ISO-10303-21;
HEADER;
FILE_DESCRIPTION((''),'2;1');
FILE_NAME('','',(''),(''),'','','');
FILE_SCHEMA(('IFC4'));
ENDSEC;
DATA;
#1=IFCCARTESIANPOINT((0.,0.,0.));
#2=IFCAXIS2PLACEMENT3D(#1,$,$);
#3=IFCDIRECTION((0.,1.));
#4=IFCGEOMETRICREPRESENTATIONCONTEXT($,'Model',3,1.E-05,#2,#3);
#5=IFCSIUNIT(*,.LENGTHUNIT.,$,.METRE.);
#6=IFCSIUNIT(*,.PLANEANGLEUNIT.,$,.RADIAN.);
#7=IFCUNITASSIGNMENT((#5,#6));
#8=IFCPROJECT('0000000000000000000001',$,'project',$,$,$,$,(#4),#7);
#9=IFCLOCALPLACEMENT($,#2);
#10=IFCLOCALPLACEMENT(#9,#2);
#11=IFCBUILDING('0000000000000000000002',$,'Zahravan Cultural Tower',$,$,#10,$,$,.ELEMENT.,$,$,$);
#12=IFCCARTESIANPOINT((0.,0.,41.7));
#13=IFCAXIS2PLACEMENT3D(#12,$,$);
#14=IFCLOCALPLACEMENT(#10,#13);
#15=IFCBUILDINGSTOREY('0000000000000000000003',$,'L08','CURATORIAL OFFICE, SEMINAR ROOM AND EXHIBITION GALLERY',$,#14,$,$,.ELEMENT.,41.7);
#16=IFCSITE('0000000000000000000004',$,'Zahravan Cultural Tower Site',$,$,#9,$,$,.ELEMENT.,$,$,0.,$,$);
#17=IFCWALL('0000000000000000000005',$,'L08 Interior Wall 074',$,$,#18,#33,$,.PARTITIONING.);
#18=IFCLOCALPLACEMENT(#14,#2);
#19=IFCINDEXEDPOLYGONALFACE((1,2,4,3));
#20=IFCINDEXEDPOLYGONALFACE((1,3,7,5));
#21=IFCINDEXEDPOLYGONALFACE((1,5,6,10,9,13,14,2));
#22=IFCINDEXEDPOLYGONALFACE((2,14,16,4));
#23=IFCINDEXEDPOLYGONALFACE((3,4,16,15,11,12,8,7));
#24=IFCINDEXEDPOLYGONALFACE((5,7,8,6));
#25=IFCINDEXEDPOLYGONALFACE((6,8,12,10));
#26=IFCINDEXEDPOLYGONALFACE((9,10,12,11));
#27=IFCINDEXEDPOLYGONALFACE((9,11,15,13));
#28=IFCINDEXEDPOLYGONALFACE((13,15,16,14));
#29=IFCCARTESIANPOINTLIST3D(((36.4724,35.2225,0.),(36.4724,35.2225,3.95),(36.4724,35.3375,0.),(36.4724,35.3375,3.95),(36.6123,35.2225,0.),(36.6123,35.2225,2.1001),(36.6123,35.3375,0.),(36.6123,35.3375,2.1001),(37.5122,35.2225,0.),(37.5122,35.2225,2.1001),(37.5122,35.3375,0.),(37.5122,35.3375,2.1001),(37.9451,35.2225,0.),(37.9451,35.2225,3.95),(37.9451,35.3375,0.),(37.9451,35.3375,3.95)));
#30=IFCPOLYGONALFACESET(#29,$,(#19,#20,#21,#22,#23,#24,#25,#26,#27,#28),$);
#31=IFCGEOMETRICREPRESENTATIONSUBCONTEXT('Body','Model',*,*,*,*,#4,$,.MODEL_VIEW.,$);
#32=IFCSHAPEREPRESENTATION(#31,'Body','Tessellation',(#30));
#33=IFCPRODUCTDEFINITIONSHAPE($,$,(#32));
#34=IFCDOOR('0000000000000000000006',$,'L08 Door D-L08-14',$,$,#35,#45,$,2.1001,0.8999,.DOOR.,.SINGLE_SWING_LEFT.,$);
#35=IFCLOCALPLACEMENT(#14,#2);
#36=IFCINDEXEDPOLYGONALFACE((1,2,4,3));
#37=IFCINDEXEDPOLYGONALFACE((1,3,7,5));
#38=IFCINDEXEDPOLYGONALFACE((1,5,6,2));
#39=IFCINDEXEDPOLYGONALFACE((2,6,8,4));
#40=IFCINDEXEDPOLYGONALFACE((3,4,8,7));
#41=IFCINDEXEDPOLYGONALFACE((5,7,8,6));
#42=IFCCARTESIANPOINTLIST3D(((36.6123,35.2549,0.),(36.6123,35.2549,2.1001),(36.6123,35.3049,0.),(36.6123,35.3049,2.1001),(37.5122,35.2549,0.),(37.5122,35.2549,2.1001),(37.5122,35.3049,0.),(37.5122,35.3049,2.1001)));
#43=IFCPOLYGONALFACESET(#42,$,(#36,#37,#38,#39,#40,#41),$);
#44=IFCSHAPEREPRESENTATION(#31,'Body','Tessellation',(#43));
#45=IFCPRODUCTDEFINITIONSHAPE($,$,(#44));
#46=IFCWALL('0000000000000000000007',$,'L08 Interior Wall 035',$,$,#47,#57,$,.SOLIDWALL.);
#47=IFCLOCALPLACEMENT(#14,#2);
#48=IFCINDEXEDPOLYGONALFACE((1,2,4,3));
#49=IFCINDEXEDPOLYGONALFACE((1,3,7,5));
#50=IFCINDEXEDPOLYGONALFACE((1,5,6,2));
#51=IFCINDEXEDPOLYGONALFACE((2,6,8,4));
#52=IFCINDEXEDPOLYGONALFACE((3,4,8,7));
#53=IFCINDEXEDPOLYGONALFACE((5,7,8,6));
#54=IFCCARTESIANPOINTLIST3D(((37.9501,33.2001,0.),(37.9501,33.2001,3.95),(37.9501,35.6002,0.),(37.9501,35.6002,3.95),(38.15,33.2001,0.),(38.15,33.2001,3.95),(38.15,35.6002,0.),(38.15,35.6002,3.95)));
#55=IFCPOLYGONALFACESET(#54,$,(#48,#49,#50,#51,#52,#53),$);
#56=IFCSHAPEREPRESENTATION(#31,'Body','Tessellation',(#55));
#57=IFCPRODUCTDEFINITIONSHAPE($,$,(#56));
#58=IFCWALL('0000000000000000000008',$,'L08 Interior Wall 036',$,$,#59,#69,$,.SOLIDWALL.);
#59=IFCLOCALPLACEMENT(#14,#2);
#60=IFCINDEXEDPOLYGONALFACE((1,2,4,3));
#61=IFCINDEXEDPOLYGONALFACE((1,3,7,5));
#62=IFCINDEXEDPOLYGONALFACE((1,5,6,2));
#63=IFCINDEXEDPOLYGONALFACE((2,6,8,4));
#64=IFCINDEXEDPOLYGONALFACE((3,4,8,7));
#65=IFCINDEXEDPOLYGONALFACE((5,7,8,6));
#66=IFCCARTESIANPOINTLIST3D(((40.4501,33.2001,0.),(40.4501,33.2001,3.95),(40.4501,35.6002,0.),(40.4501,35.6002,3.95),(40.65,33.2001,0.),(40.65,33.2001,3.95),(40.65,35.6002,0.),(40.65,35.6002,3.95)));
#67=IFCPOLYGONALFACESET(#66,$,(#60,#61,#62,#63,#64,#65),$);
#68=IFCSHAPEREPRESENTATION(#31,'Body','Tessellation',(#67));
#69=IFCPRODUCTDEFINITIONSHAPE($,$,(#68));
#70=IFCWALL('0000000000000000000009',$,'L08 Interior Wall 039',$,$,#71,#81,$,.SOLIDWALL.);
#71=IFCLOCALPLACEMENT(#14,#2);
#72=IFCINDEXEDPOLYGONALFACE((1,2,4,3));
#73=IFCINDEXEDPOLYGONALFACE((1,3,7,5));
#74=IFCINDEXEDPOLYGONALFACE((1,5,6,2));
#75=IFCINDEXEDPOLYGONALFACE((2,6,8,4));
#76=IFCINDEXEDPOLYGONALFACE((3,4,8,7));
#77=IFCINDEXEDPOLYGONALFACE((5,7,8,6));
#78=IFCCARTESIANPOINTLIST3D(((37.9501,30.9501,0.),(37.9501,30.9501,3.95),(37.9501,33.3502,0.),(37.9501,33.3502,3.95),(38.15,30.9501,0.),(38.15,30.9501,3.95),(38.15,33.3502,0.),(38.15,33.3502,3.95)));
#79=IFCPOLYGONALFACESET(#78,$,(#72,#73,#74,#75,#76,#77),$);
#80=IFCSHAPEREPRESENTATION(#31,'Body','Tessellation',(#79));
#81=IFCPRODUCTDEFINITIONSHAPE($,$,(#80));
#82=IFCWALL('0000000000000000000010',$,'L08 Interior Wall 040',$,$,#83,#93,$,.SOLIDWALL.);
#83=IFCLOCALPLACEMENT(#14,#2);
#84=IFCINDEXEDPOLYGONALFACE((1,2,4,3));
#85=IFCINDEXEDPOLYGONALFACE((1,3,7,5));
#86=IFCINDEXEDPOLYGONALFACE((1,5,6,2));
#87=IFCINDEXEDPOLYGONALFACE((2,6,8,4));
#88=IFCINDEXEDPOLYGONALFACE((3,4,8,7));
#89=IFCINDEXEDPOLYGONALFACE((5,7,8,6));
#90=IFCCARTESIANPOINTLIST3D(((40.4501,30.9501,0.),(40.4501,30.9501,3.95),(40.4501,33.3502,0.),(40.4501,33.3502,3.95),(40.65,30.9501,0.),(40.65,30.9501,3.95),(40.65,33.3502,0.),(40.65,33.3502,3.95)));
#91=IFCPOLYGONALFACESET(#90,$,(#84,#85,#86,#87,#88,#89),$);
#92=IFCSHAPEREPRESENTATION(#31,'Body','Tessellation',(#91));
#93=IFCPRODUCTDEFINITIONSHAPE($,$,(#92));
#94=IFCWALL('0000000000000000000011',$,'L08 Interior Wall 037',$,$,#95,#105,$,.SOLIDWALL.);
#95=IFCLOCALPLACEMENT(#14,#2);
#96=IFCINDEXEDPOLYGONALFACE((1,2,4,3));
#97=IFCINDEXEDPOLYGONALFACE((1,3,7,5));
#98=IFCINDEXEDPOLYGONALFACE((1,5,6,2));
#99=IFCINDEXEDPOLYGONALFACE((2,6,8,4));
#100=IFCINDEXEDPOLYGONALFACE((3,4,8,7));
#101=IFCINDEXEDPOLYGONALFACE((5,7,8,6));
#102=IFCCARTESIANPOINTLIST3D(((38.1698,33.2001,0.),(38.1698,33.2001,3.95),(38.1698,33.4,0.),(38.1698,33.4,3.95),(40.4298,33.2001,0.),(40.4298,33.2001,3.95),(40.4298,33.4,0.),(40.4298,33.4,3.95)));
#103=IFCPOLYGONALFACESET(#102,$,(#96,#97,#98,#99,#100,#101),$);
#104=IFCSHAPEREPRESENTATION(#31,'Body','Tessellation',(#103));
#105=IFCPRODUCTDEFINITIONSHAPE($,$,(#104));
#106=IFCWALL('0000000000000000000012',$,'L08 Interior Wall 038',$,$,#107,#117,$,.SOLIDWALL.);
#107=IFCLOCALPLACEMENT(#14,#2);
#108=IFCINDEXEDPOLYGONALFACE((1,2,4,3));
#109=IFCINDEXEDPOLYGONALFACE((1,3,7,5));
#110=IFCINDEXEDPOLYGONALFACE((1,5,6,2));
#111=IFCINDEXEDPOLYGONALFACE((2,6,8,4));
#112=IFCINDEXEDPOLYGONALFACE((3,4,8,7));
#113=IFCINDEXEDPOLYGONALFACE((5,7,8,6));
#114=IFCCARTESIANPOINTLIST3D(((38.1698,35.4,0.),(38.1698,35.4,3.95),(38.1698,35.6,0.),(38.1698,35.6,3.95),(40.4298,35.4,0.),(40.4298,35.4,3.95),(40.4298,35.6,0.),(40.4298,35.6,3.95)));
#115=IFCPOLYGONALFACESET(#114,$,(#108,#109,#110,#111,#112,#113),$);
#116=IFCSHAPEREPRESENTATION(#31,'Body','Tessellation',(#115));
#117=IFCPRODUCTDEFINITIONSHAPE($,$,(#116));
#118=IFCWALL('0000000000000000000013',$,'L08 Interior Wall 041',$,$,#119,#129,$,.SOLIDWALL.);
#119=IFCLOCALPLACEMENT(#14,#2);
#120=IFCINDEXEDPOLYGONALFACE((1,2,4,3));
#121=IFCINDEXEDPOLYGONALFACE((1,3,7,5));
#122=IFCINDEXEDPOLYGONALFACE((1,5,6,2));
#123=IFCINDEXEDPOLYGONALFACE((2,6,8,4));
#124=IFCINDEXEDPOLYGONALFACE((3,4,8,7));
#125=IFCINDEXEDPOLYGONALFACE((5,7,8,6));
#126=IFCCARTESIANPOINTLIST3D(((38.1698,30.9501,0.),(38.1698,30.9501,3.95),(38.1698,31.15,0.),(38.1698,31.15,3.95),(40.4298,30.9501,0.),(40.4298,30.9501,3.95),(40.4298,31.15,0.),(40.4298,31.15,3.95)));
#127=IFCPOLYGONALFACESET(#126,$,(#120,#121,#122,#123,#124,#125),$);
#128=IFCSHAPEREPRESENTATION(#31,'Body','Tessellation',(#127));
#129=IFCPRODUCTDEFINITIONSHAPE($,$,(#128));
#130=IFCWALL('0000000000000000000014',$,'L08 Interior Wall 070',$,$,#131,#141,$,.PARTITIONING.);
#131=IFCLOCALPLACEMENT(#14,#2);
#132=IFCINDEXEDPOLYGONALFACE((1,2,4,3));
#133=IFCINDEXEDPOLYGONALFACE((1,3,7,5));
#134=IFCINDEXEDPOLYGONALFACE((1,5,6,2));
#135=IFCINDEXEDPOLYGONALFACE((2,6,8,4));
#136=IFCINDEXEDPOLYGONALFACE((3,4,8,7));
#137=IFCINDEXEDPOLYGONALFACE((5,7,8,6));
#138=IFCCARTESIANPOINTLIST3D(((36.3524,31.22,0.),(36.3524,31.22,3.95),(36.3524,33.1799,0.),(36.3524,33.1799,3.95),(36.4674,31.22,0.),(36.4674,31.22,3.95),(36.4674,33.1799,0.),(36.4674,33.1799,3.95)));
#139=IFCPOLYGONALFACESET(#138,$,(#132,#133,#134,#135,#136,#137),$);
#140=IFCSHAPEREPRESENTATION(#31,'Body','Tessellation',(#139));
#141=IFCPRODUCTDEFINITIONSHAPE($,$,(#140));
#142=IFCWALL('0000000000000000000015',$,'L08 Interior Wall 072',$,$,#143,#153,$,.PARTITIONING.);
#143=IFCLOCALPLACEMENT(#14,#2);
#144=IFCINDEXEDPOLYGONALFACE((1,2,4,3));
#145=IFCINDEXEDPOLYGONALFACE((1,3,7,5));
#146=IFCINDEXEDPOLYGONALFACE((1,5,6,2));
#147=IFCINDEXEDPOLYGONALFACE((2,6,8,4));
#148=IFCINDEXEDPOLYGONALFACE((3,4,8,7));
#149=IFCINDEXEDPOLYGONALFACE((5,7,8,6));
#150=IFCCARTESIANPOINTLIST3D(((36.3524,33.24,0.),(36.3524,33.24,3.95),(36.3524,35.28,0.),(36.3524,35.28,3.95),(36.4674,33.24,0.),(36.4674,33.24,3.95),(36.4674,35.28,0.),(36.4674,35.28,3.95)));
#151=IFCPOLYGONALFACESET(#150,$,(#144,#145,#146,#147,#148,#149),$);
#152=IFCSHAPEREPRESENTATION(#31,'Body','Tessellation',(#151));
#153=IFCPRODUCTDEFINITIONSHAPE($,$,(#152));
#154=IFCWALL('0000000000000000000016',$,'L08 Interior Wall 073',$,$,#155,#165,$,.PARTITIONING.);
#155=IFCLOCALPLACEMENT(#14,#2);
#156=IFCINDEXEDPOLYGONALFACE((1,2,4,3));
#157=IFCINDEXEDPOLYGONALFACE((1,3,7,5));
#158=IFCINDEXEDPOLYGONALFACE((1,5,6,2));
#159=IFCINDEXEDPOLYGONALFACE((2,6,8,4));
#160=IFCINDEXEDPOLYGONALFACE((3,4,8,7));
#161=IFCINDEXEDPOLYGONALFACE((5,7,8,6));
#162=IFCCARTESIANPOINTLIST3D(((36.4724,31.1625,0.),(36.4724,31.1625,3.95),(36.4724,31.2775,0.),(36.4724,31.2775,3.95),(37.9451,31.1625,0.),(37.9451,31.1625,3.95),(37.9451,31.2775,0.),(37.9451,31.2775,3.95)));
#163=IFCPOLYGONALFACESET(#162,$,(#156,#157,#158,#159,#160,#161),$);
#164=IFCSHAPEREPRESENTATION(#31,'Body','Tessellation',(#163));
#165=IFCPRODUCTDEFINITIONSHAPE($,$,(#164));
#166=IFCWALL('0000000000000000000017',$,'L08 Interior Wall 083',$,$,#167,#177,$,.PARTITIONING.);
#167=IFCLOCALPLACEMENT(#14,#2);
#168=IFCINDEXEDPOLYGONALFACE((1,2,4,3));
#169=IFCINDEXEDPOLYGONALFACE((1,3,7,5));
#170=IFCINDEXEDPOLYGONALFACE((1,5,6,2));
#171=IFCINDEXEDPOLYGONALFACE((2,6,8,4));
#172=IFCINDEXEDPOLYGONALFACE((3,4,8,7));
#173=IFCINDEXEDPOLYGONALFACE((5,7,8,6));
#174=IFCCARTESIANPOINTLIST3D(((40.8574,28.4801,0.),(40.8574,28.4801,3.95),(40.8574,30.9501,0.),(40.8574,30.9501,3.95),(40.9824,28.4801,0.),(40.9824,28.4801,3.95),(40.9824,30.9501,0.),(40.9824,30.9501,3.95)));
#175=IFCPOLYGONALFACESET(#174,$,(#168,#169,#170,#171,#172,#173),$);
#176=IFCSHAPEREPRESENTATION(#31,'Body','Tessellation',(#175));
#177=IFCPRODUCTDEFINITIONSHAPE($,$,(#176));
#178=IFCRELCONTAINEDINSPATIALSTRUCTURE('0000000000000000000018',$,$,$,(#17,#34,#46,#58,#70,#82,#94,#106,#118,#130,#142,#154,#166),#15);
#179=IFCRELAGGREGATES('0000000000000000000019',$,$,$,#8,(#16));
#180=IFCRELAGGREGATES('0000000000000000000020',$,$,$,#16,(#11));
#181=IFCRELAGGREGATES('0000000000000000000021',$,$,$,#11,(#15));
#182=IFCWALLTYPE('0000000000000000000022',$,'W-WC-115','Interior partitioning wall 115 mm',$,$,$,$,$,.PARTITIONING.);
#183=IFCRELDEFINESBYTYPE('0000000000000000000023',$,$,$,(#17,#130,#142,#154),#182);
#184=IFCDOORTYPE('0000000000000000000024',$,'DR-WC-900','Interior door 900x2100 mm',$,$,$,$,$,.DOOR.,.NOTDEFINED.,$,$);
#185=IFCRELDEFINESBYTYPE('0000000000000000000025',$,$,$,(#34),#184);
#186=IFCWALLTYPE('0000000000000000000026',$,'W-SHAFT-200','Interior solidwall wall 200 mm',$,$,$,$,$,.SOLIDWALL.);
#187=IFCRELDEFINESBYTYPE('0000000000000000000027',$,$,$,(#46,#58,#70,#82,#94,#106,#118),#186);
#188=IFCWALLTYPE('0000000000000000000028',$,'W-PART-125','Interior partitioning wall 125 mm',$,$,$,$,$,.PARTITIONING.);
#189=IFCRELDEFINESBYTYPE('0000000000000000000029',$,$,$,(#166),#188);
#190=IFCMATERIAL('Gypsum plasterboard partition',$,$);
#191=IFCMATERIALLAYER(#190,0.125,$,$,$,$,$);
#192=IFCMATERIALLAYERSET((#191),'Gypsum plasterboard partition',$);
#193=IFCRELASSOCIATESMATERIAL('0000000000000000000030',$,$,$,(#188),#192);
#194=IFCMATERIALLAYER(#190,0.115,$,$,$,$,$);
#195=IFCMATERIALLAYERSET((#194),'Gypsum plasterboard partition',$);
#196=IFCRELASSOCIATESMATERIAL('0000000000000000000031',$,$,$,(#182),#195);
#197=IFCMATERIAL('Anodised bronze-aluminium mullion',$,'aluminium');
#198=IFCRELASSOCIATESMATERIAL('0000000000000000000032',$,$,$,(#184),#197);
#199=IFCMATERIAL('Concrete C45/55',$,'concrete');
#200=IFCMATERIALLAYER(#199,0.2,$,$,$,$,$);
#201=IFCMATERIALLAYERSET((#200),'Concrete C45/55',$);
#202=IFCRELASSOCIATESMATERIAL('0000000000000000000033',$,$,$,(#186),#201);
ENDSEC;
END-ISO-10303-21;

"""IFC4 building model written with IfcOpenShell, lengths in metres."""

from ifc_helpers import new_model, si_unit, direction, frame, frame_2d, origin, place, context, subcontext, project, spatial, rectangle, extrude, source, transform, mapped, material, layer, layer_set, type_object, element, fill, save


model = new_model("IFC4")

# Units and contexts
model_context = context("Model", 3, precision=1e-05, world=origin(), true_north=direction((0.0, 1.0)))
body_context = subcontext(model_context, "Body", "Model", "MODEL_VIEW")
ifc_project = project(units=[si_unit("LENGTHUNIT", "METRE"), si_unit("PLANEANGLEUNIT", "RADIAN")], contexts=[model_context])

# Site, building, storey
site_placement = place(None, origin())
site = spatial("IfcSite", under=ifc_project, at=site_placement, Name="Zahravan Cultural Tower Site", CompositionType="ELEMENT", RefElevation=0.0)
building_placement = place(site_placement, origin())
building = spatial("IfcBuilding", under=site, at=building_placement, Name="Zahravan Cultural Tower", CompositionType="ELEMENT")
storey_placement = place(building_placement, frame((0.0, 0.0, 41.7)))
storey = spatial("IfcBuildingStorey", under=building, at=storey_placement, Name="L08", Description="CURATORIAL OFFICE, SEMINAR ROOM AND EXHIBITION GALLERY", CompositionType="ELEMENT", Elevation=41.7)

# Shared definitions
ifc_material_1 = material(Name="Anodised bronze-aluminium mullion", Category="aluminium")

# Wall, opening, door
ifc_material_2 = material(Name="Gypsum plasterboard partition")
ifc_layer_1 = layer(ifc_material_2, 0.125)
ifc_layer_set_1 = layer_set([ifc_layer_1], Name="Gypsum plasterboard partition")
wall_type_1 = type_object("IfcWallType", Name="W-PART-125", Description="Interior partitioning wall 125 mm", PredefinedType="PARTITIONING", material=ifc_layer_set_1)
ifc_layer_2 = layer(ifc_material_2, 0.115)
ifc_layer_set_2 = layer_set([ifc_layer_2], Name="Gypsum plasterboard partition")
wall_type_2 = type_object("IfcWallType", Name="W-WC-115", Description="Interior partitioning wall 115 mm", PredefinedType="PARTITIONING", material=ifc_layer_set_2)
door_type_1 = type_object("IfcDoorType", Name="DR-WC-900", Description="Interior door 900x2100 mm", OperationType="NOTDEFINED", PredefinedType="DOOR", material=ifc_material_1)
shared_shape_1 = source(origin(), body_context, "Body", "SweptSolid", [
    extrude(rectangle(XDim=0.8999, YDim=2.1001, at=frame_2d((0.45, 1.05))), frame((0.0, 0.0249, 0.0), z_axis=(0.0, -1.0, 0.0), x_axis=(1.0, 0.0, 0.0)), (0.0, 0.0, 1.0), 0.05),
])
wall_1_placement = place(storey_placement, frame((36.4724, 35.28, 0.0), z_axis=(0.0, 0.0, 1.0), x_axis=(1.0, 0.0, 0.0)))
wall_1 = element("IfcWall", 1, at=wall_1_placement, inside=storey, type_object=wall_type_2, Name="L08 Interior Wall 074", PredefinedType="PARTITIONING", context=body_context, shape_type="SweptSolid", body=[
    extrude(rectangle(XDim=1.4727, YDim=0.115, at=frame_2d((0.7363, 0.0))), origin(), (0.0, 0.0, 1.0), 3.95),
])
opening_1_placement = place(wall_1_placement, frame((0.1399, 0.0, 0.0)))
opening_1 = element("IfcOpeningElement", 2, at=opening_1_placement, cuts=wall_1, PredefinedType="OPENING", context=body_context, shape_type="SweptSolid", body=[
    extrude(rectangle(XDim=0.8999, YDim=2.1001, at=frame_2d((0.45, 1.05))), frame((0.0, 0.0674, 0.0), z_axis=(0.0, -1.0, 0.0), x_axis=(1.0, 0.0, 0.0)), (0.0, 0.0, 1.0), 0.135),
])
door_1_placement = place(opening_1_placement, origin())
door_1 = element("IfcDoor", 3, at=door_1_placement, inside=storey, type_object=door_type_1, Name="L08 Door D-L08-14", OperationType="SINGLE_SWING_LEFT", OverallHeight=2.1001, OverallWidth=0.8999, PredefinedType="DOOR", context=body_context, shape_type="MappedRepresentation", body=[
    mapped(shared_shape_1, transform((0.0, 0.0, 0.0), x_axis=(1.0, 0.0, 0.0), y_axis=(0.0, 1.0, 0.0), z_axis=(0.0, 0.0, 1.0), scale=1.0)),
])
fill(opening_1, door_1)

# Walls
ifc_material_3 = material(Name="Concrete C45/55", Category="concrete")
ifc_layer_3 = layer(ifc_material_3, 0.2)
ifc_layer_set_3 = layer_set([ifc_layer_3], Name="Concrete C45/55")
wall_type_3 = type_object("IfcWallType", Name="W-SHAFT-200", Description="Interior solidwall wall 200 mm", PredefinedType="SOLIDWALL", material=ifc_layer_set_3)
shared_shape_2 = source(origin(), body_context, "Body", "SweptSolid", [
    extrude(rectangle(XDim=2.4001, YDim=0.2, at=frame_2d((1.2002, 0.0))), origin(), (0.0, 0.0, 1.0), 3.95),
])
for number, where, z_axis, x_axis, name in (
    (4, (38.05, 33.2, 0.0), (0.0, 0.0, 1.0), (0.0, 1.0, 0.0), "L08 Interior Wall 035"),
    (5, (40.55, 33.2, 0.0), (0.0, 0.0, 1.0), (0.0, 1.0, 0.0), "L08 Interior Wall 036"),
    (6, (38.05, 30.95, 0.0), (0.0, 0.0, 1.0), (0.0, 1.0, 0.0), "L08 Interior Wall 039"),
    (7, (40.55, 30.95, 0.0), (0.0, 0.0, 1.0), (0.0, 1.0, 0.0), "L08 Interior Wall 040"),
):
    element("IfcWall", number, at=place(storey_placement, frame(where, z_axis=z_axis, x_axis=x_axis)), inside=storey, type_object=wall_type_3, Name=name, PredefinedType="SOLIDWALL", context=body_context, shape_type="MappedRepresentation", body=[
        mapped(shared_shape_2, transform((0.0, 0.0, 0.0), x_axis=(1.0, 0.0, 0.0), y_axis=(0.0, 1.0, 0.0), z_axis=(0.0, 0.0, 1.0), scale=1.0)),
    ])
shared_shape_3 = source(origin(), body_context, "Body", "SweptSolid", [
    extrude(rectangle(XDim=2.26, YDim=0.2, at=frame_2d((1.1299, 0.0))), origin(), (0.0, 0.0, 1.0), 3.95),
])
for number, where, z_axis, x_axis, name in (
    (8, (38.1699, 33.3, 0.0), (0.0, 0.0, 1.0), (1.0, 0.0, 0.0), "L08 Interior Wall 037"),
    (9, (38.1699, 35.5, 0.0), (0.0, 0.0, 1.0), (1.0, 0.0, 0.0), "L08 Interior Wall 038"),
    (10, (38.1699, 31.05, 0.0), (0.0, 0.0, 1.0), (1.0, 0.0, 0.0), "L08 Interior Wall 041"),
):
    element("IfcWall", number, at=place(storey_placement, frame(where, z_axis=z_axis, x_axis=x_axis)), inside=storey, type_object=wall_type_3, Name=name, PredefinedType="SOLIDWALL", context=body_context, shape_type="MappedRepresentation", body=[
        mapped(shared_shape_3, transform((0.0, 0.0, 0.0), x_axis=(1.0, 0.0, 0.0), y_axis=(0.0, 1.0, 0.0), z_axis=(0.0, 0.0, 1.0), scale=1.0)),
    ])
shared_shape_4 = source(origin(), body_context, "Body", "SweptSolid", [
    extrude(rectangle(XDim=1.96, YDim=0.115, at=frame_2d((0.98, 0.0))), origin(), (0.0, 0.0, 1.0), 3.95),
])
wall_2_placement = place(storey_placement, frame((36.4099, 33.1799, 0.0), z_axis=(0.0, 0.0, 1.0), x_axis=(0.0, -1.0, 0.0)))
element("IfcWall", 11, at=wall_2_placement, inside=storey, type_object=wall_type_2, Name="L08 Interior Wall 070", PredefinedType="PARTITIONING", context=body_context, shape_type="MappedRepresentation", body=[
    mapped(shared_shape_4, transform((0.0, 0.0, 0.0), x_axis=(1.0, 0.0, 0.0), y_axis=(0.0, 1.0, 0.0), z_axis=(0.0, 0.0, 1.0), scale=1.0)),
])
shared_shape_5 = source(origin(), body_context, "Body", "SweptSolid", [
    extrude(rectangle(XDim=2.04, YDim=0.115, at=frame_2d((1.02, 0.0))), origin(), (0.0, 0.0, 1.0), 3.95),
])
wall_3_placement = place(storey_placement, frame((36.4099, 35.28, 0.0), z_axis=(0.0, 0.0, 1.0), x_axis=(0.0, -1.0, 0.0)))
element("IfcWall", 12, at=wall_3_placement, inside=storey, type_object=wall_type_2, Name="L08 Interior Wall 072", PredefinedType="PARTITIONING", context=body_context, shape_type="MappedRepresentation", body=[
    mapped(shared_shape_5, transform((0.0, 0.0, 0.0), x_axis=(1.0, 0.0, 0.0), y_axis=(0.0, 1.0, 0.0), z_axis=(0.0, 0.0, 1.0), scale=1.0)),
])
shared_shape_6 = source(origin(), body_context, "Body", "SweptSolid", [
    extrude(rectangle(XDim=1.4727, YDim=0.115, at=frame_2d((0.7363, 0.0))), origin(), (0.0, 0.0, 1.0), 3.95),
])
wall_4_placement = place(storey_placement, frame((37.9451, 31.22, 0.0), z_axis=(0.0, 0.0, 1.0), x_axis=(-1.0, 0.0, 0.0)))
element("IfcWall", 13, at=wall_4_placement, inside=storey, type_object=wall_type_2, Name="L08 Interior Wall 073", PredefinedType="PARTITIONING", context=body_context, shape_type="MappedRepresentation", body=[
    mapped(shared_shape_6, transform((0.0, 0.0, 0.0), x_axis=(1.0, 0.0, 0.0), y_axis=(0.0, 1.0, 0.0), z_axis=(0.0, 0.0, 1.0), scale=1.0)),
])
shared_shape_7 = source(origin(), body_context, "Body", "SweptSolid", [
    extrude(rectangle(XDim=2.47, YDim=0.125, at=frame_2d((1.2349, 0.0))), origin(), (0.0, 0.0, 1.0), 3.95),
])
wall_5_placement = place(storey_placement, frame((40.9199, 30.95, 0.0), z_axis=(0.0, 0.0, 1.0), x_axis=(0.0, -1.0, 0.0)))
element("IfcWall", 14, at=wall_5_placement, inside=storey, type_object=wall_type_1, Name="L08 Interior Wall 083", PredefinedType="PARTITIONING", context=body_context, shape_type="MappedRepresentation", body=[
    mapped(shared_shape_7, transform((0.0, 0.0, 0.0), x_axis=(1.0, 0.0, 0.0), y_axis=(0.0, 1.0, 0.0), z_axis=(0.0, 0.0, 1.0), scale=1.0)),
])

save(model, "model.ifc")
